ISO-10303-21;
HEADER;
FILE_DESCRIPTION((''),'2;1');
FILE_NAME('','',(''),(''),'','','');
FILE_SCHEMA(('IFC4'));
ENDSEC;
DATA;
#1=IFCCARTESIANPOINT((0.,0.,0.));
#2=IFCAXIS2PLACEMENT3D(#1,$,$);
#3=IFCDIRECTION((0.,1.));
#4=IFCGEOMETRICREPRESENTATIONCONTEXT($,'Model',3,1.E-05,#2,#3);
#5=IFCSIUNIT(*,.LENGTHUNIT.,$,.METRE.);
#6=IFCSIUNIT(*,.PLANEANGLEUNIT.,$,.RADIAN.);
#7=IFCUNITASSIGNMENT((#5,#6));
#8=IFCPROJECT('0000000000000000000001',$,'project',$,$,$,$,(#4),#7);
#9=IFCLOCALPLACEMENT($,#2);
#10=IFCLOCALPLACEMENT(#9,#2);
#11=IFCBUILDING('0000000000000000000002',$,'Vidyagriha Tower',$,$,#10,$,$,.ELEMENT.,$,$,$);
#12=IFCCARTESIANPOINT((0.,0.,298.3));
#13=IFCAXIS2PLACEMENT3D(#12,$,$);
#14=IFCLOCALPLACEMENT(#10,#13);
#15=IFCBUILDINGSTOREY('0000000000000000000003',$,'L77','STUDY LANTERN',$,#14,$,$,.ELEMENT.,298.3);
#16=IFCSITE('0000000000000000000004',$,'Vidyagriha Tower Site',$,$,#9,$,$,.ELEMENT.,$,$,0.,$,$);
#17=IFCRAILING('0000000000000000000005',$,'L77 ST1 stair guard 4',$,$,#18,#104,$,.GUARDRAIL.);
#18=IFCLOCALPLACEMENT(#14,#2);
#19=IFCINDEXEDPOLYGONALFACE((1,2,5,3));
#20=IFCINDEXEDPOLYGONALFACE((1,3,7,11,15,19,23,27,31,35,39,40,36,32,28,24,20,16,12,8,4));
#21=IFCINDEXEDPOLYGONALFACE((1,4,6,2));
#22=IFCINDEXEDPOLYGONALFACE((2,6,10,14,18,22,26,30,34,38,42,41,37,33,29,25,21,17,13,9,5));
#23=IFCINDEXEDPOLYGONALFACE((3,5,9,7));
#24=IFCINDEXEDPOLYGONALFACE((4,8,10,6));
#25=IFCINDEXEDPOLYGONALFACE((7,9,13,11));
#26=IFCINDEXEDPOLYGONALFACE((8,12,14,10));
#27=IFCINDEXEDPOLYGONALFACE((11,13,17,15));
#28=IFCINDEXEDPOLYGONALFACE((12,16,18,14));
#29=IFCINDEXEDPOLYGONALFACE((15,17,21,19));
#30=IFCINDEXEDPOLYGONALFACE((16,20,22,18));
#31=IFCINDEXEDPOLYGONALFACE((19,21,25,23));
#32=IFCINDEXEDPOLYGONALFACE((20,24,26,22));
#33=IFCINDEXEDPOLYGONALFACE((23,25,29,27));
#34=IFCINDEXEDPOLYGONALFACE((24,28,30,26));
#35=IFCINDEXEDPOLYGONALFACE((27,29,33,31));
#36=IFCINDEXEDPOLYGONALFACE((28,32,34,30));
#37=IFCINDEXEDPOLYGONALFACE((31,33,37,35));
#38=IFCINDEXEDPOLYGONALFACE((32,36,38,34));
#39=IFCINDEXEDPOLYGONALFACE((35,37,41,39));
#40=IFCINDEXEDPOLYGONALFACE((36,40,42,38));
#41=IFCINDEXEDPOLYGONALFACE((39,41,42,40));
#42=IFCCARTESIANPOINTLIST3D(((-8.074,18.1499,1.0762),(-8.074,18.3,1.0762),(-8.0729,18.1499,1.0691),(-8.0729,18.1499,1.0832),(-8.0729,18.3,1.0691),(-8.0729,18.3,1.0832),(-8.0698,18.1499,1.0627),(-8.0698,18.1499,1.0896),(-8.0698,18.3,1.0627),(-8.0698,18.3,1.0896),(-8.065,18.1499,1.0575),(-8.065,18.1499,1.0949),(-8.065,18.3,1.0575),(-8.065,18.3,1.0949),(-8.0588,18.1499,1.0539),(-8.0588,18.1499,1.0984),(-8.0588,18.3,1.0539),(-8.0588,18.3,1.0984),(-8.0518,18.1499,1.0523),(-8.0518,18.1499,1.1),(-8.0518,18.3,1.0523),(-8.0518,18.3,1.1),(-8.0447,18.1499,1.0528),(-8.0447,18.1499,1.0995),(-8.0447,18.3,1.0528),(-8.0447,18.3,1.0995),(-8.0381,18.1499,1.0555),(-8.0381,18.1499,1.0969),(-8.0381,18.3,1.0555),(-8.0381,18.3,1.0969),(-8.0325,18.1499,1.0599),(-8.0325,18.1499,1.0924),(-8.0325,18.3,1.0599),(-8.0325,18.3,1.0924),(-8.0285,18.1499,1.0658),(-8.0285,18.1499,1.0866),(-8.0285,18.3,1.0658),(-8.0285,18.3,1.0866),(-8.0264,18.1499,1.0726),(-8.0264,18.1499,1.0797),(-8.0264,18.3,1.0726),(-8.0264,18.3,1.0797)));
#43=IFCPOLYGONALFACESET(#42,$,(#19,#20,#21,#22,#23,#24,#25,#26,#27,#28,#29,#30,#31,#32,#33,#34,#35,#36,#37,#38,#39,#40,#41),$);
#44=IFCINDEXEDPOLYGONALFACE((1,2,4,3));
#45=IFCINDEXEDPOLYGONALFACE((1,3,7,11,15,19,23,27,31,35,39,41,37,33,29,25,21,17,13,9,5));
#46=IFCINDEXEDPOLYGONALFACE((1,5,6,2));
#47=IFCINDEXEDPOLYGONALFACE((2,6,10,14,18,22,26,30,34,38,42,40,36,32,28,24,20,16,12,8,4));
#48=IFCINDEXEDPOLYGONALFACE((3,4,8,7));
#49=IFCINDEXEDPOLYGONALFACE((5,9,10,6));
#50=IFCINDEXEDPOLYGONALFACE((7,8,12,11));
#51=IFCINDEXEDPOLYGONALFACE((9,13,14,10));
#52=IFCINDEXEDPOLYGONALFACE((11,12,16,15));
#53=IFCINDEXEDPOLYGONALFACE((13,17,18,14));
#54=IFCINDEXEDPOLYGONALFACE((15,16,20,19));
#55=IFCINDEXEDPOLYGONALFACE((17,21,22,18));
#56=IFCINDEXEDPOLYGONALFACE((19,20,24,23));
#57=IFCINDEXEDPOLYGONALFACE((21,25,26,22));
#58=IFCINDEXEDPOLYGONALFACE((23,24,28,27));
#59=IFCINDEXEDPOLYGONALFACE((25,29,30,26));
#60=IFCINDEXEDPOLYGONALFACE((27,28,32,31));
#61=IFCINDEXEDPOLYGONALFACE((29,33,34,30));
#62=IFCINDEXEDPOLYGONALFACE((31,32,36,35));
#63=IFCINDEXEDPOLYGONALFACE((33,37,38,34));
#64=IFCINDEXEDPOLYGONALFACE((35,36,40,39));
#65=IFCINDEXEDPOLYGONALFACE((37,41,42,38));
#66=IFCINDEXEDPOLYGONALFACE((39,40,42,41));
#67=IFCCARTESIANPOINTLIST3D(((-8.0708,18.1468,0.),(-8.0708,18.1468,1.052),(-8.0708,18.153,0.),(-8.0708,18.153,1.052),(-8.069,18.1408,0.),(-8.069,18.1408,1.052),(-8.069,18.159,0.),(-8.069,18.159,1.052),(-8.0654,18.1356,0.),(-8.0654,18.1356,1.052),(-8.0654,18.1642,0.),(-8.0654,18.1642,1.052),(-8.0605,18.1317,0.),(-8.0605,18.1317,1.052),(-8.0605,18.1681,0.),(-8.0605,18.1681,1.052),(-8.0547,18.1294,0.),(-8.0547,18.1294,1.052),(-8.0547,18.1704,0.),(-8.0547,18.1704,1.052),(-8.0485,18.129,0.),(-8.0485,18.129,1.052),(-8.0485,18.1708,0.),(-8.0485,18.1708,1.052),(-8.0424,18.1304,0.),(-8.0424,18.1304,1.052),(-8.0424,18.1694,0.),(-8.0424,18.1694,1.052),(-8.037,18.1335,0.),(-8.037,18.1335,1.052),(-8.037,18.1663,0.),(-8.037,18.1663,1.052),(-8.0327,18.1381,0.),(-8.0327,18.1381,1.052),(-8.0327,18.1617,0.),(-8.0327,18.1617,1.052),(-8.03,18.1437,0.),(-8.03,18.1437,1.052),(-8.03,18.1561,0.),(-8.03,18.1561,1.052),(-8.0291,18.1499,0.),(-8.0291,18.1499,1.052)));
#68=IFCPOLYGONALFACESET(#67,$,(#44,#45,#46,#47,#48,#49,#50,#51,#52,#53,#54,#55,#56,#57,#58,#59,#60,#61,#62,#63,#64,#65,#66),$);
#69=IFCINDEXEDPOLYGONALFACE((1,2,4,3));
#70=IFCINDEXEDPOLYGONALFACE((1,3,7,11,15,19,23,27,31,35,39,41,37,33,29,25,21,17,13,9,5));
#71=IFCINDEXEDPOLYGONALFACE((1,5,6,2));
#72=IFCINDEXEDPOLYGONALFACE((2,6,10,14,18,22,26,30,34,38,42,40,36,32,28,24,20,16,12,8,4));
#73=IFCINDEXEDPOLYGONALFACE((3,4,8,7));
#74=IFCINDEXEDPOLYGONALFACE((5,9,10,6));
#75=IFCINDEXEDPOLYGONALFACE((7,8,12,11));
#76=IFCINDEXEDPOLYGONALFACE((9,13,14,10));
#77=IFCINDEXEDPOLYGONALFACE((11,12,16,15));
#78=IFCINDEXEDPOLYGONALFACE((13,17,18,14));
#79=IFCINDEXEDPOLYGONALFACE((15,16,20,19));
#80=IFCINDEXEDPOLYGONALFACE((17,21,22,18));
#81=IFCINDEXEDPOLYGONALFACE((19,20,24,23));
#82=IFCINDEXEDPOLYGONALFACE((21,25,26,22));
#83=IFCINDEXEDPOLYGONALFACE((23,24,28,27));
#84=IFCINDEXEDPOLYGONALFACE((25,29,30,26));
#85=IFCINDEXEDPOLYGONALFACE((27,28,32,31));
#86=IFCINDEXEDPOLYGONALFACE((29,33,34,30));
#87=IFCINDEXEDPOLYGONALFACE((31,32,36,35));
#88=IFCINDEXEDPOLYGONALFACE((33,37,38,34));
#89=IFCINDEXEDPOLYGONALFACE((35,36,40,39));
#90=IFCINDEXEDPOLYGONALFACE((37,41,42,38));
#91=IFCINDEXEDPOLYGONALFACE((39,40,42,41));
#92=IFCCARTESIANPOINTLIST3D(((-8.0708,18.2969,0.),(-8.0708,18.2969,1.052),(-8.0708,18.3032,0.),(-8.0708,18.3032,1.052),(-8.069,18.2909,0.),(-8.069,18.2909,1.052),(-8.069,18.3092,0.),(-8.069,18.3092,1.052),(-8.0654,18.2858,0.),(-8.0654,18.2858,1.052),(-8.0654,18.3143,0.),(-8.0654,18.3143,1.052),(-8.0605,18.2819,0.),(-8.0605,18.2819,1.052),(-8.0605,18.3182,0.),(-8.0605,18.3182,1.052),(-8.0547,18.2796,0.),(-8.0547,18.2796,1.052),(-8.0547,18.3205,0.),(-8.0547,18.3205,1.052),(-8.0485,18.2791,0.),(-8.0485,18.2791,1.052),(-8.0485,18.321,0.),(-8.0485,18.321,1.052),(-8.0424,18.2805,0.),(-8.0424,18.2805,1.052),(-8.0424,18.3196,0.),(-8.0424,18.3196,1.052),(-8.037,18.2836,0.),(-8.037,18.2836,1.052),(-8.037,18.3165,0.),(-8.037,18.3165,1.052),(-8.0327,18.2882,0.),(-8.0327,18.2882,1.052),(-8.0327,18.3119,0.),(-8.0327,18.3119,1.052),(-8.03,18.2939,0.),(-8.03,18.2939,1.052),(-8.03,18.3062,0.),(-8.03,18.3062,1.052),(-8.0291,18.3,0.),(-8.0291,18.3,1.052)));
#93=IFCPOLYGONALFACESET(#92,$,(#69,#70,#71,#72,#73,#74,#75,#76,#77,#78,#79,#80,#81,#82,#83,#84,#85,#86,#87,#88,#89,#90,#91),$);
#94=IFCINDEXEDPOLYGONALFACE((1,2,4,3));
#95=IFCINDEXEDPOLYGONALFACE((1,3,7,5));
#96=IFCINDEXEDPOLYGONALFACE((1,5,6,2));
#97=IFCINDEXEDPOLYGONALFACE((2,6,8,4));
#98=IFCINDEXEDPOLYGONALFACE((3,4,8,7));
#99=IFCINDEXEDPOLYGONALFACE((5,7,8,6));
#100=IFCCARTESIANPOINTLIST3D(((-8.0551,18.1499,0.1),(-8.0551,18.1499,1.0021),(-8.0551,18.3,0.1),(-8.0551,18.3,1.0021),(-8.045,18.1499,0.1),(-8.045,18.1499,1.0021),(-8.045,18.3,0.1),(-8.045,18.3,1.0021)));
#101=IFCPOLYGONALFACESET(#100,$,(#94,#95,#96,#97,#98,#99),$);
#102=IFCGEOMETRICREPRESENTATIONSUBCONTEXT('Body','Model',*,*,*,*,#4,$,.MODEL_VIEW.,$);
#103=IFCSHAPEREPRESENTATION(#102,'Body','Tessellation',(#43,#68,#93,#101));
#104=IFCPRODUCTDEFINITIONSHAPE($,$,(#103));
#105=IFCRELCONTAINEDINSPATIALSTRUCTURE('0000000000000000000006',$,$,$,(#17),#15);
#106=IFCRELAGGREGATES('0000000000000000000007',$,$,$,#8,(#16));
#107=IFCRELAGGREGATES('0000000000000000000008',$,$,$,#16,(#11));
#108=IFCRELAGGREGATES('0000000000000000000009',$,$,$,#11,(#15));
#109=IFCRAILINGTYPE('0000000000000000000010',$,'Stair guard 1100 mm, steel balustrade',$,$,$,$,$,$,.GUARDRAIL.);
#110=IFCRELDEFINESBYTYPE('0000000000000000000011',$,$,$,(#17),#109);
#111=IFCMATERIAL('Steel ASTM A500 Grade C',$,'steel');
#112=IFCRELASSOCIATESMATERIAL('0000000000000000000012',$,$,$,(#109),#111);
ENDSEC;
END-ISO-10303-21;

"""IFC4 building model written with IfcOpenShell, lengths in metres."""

from ifc_helpers import new_model, si_unit, direction, frame, origin, origin_2d, place, context, subcontext, project, spatial, rectangle, circle, extrude, material, type_object, element, save


model = new_model("IFC4")

# Units and contexts
model_context = context("Model", 3, precision=1e-05, world=origin(), true_north=direction((0.0, 1.0)))
body_context = subcontext(model_context, "Body", "Model", "MODEL_VIEW")
ifc_project = project(units=[si_unit("LENGTHUNIT", "METRE"), si_unit("PLANEANGLEUNIT", "RADIAN")], contexts=[model_context])

# Site, building, storey
site_placement = place(None, origin())
site = spatial("IfcSite", under=ifc_project, at=site_placement, Name="Vidyagriha Tower Site", CompositionType="ELEMENT", RefElevation=0.0)
building_placement = place(site_placement, origin())
building = spatial("IfcBuilding", under=site, at=building_placement, Name="Vidyagriha Tower", CompositionType="ELEMENT")
storey_placement = place(building_placement, frame((0.0, 0.0, 298.3)))
storey = spatial("IfcBuildingStorey", under=building, at=storey_placement, Name="L77", Description="STUDY LANTERN", CompositionType="ELEMENT", Elevation=298.3)

# Railing
ifc_material_1 = material(Name="Steel ASTM A500 Grade C", Category="steel")
railing_type_1 = type_object("IfcRailingType", Name="Stair guard 1100 mm, steel balustrade", PredefinedType="GUARDRAIL", material=ifc_material_1)
railing_1_placement = place(storey_placement, frame((-8.05, 18.1499, 0.0)))
element("IfcRailing", 1, at=railing_1_placement, inside=storey, type_object=railing_type_1, Name="L77 ST1 stair guard 4", PredefinedType="GUARDRAIL", context=body_context, shape_type="SweptSolid", body=[
    extrude(circle(Radius=0.0239, at=origin_2d()), frame((0.0, 0.0, 1.0762), z_axis=(0.0, 1.0, 0.0), x_axis=(-1.0, 0.0, 0.0)), (0.0, 0.0, 1.0), 0.1501),
    extrude(circle(Radius=0.021, at=origin_2d()), origin(), (0.0, 0.0, 1.0), 1.052),
    extrude(circle(Radius=0.021, at=origin_2d()), frame((0.0, 0.1501, 0.0)), (0.0, 0.0, 1.0), 1.052),
    extrude(rectangle(XDim=0.01, YDim=0.9021, at=origin_2d()), frame((0.0, 0.0, 0.551), z_axis=(0.0, 1.0, 0.0), x_axis=(-1.0, 0.0, 0.0)), (0.0, 0.0, 1.0), 0.1501),
])

save(model, "model.ifc")
